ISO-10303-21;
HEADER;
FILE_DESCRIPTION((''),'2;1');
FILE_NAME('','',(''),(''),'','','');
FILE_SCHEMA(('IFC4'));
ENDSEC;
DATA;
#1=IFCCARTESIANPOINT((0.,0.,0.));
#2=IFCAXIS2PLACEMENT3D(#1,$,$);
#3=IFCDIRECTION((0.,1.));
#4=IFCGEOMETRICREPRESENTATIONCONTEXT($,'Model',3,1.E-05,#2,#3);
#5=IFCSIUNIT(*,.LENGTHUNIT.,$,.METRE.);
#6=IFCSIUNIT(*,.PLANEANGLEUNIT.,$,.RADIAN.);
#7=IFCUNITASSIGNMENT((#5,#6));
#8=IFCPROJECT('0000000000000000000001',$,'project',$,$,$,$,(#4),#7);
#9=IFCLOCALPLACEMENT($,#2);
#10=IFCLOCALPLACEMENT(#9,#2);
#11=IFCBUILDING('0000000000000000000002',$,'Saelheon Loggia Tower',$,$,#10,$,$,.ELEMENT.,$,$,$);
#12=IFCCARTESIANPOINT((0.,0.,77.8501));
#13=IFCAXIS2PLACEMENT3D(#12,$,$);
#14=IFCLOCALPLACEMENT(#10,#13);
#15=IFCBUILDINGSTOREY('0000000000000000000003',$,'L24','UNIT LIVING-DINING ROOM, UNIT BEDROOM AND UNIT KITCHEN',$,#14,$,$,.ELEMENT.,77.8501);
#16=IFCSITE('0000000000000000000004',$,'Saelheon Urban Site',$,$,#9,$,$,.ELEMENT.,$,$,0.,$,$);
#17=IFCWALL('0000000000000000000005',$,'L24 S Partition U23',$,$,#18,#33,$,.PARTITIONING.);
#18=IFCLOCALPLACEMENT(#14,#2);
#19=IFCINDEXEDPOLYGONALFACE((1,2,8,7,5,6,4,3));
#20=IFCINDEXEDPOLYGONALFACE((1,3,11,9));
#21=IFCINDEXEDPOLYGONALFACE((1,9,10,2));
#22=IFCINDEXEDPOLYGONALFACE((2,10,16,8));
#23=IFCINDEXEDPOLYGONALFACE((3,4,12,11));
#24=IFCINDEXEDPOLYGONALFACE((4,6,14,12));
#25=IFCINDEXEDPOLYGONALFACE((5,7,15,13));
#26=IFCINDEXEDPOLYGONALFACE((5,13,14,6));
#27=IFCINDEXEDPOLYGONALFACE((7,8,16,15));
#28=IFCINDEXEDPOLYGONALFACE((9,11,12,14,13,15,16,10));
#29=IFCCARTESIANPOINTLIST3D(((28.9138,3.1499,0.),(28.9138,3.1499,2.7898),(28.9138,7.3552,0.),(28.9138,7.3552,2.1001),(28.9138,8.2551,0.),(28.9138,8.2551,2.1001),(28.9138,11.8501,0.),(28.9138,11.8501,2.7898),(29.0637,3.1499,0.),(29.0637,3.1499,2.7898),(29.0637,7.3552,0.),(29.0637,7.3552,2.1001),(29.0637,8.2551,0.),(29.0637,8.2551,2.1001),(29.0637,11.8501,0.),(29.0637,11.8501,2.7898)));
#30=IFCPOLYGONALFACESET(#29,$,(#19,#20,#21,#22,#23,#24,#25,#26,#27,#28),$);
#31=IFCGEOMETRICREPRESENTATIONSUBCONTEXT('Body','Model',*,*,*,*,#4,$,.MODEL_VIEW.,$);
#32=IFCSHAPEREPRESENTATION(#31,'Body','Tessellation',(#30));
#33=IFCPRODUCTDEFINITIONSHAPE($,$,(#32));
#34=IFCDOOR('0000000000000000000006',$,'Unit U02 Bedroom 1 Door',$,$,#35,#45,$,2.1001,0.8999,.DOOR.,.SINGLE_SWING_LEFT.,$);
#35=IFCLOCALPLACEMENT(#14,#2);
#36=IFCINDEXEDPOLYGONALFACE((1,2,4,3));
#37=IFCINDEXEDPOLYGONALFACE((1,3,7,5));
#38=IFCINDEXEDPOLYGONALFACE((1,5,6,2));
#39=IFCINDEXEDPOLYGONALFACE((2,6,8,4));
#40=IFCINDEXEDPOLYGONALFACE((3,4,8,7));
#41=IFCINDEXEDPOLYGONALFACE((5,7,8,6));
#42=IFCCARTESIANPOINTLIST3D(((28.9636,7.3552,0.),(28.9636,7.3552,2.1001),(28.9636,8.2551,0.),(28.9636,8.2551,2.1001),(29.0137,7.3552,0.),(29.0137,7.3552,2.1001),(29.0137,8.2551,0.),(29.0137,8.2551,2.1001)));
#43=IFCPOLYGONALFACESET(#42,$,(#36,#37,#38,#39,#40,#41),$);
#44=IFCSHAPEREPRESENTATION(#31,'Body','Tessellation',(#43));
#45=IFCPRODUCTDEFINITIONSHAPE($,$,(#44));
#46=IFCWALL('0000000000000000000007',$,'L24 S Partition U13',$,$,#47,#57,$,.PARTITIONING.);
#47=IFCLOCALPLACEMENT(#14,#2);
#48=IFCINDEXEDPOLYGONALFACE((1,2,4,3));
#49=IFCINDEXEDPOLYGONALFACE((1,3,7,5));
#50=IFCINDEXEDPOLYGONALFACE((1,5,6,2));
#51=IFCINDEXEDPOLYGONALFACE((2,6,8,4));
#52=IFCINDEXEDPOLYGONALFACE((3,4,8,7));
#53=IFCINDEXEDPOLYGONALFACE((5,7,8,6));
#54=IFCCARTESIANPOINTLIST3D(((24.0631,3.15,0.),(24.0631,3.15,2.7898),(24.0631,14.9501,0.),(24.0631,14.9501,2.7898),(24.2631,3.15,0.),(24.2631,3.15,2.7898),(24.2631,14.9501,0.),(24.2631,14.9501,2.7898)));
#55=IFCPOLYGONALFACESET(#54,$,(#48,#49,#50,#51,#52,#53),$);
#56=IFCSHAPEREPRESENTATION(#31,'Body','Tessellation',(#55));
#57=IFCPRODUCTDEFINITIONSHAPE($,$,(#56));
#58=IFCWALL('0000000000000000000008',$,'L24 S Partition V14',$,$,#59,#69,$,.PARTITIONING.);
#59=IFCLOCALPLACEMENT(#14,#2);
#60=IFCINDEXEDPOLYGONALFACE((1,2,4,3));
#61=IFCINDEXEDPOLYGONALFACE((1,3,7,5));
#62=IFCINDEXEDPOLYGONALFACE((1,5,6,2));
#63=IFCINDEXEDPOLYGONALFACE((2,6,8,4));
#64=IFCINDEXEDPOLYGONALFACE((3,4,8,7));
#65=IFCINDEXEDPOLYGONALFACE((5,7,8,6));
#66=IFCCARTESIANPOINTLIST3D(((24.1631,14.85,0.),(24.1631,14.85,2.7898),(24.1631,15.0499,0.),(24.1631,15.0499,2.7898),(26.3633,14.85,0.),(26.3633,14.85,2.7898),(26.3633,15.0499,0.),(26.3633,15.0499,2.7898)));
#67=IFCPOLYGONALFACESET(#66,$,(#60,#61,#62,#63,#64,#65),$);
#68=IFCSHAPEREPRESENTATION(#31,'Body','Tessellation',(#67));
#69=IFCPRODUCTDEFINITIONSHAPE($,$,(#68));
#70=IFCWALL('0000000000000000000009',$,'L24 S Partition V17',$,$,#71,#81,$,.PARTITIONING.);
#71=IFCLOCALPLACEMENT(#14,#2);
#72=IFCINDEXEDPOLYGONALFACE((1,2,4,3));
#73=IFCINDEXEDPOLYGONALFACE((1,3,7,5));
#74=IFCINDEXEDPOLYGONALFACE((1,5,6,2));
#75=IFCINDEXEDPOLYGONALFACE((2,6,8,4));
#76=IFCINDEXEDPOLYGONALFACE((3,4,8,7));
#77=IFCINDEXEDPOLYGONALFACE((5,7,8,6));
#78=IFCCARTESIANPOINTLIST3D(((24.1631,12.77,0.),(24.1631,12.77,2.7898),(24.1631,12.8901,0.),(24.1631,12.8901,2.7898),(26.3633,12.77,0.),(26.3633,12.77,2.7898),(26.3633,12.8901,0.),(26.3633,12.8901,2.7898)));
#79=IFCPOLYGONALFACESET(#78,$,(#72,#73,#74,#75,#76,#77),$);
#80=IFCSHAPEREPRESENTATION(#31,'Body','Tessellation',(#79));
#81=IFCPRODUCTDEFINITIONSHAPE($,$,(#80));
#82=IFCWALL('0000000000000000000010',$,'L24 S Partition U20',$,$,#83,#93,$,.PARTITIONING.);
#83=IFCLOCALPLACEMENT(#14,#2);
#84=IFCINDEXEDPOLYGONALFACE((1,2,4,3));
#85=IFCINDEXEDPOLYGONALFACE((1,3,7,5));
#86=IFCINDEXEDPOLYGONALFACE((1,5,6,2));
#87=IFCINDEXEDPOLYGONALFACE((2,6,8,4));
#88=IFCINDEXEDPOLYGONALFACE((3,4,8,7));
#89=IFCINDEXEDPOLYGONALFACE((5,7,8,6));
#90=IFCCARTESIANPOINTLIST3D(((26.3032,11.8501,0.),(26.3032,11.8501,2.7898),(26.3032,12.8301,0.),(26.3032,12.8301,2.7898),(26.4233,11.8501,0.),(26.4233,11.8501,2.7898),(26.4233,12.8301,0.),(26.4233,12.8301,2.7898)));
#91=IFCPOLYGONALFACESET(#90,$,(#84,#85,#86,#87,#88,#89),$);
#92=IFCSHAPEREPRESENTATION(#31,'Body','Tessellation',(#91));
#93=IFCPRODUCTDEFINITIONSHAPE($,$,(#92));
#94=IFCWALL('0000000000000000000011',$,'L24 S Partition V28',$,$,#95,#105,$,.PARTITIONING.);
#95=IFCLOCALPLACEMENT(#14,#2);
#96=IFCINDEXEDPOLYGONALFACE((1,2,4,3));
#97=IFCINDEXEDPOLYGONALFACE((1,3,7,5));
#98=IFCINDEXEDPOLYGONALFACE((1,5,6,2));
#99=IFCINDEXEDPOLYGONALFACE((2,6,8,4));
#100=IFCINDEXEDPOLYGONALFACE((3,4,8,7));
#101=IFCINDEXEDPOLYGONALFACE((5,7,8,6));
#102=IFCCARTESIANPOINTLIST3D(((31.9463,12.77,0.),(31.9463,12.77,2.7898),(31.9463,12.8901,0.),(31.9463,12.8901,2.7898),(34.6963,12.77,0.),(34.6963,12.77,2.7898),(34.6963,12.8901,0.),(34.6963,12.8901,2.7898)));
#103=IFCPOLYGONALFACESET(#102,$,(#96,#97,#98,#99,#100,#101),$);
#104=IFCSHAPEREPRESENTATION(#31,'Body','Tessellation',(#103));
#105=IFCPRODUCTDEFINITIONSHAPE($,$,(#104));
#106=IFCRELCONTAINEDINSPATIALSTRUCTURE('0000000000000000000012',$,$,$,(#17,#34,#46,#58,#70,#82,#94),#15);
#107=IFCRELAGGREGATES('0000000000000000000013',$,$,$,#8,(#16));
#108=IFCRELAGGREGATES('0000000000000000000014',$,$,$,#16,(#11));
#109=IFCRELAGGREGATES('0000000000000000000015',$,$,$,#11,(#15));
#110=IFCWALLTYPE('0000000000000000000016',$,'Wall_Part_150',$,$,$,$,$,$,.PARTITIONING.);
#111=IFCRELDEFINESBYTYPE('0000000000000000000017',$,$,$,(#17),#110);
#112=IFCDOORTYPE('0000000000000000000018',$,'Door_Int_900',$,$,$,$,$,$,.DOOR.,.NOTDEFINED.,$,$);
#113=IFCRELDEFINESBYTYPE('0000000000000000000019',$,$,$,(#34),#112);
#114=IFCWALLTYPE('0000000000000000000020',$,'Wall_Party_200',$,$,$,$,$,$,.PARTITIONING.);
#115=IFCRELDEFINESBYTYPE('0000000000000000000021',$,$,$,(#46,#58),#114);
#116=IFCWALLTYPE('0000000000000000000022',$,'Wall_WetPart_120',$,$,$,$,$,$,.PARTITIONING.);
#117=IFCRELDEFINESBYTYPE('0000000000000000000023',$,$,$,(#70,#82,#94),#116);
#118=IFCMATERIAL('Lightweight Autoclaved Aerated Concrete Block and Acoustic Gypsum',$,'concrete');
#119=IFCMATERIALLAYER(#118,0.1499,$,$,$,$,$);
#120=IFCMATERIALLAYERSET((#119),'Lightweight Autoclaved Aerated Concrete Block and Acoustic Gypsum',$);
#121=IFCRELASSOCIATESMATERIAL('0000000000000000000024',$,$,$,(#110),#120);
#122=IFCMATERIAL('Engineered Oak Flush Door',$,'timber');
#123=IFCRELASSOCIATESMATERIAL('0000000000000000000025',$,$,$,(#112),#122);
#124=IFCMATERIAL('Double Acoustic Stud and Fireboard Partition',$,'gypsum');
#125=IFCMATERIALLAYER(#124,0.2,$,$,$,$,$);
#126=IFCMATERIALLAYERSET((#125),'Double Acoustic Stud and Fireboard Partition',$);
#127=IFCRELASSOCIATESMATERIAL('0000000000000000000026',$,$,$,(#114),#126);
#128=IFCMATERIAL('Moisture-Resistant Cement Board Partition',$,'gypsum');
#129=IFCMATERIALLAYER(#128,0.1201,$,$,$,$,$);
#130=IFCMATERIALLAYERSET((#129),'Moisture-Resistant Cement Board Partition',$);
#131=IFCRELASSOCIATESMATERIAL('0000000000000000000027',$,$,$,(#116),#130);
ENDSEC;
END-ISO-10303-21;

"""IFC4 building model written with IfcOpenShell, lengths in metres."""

from ifc_helpers import new_model, si_unit, direction, frame, frame_2d, origin, place, context, subcontext, project, spatial, rectangle, extrude, source, transform, mapped, material, layer, layer_set, type_object, element, fill, save


model = new_model("IFC4")

# Units and contexts
model_context = context("Model", 3, precision=1e-05, world=origin(), true_north=direction((0.0, 1.0)))
body_context = subcontext(model_context, "Body", "Model", "MODEL_VIEW")
ifc_project = project(units=[si_unit("LENGTHUNIT", "METRE"), si_unit("PLANEANGLEUNIT", "RADIAN")], contexts=[model_context])

# Site, building, storey
site_placement = place(None, origin())
site = spatial("IfcSite", under=ifc_project, at=site_placement, Name="Saelheon Urban Site", CompositionType="ELEMENT", RefElevation=0.0)
building_placement = place(site_placement, origin())
building = spatial("IfcBuilding", under=site, at=building_placement, Name="Saelheon Loggia Tower", CompositionType="ELEMENT")
storey_placement = place(building_placement, frame((0.0, 0.0, 77.8501)))
storey = spatial("IfcBuildingStorey", under=building, at=storey_placement, Name="L24", Description="UNIT LIVING-DINING ROOM, UNIT BEDROOM AND UNIT KITCHEN", CompositionType="ELEMENT", Elevation=77.8501)

# Shared definitions
ifc_material_1 = material(Name="Lightweight Autoclaved Aerated Concrete Block and Acoustic Gypsum", Category="concrete")
ifc_layer_1 = layer(ifc_material_1, 0.1499)
ifc_layer_set_1 = layer_set([ifc_layer_1], Name="Lightweight Autoclaved Aerated Concrete Block and Acoustic Gypsum")
wall_type_1 = type_object("IfcWallType", Name="Wall_Part_150", PredefinedType="PARTITIONING", material=ifc_layer_set_1)
ifc_material_2 = material(Name="Engineered Oak Flush Door", Category="timber")
door_type_1 = type_object("IfcDoorType", Name="Door_Int_900", OperationType="NOTDEFINED", PredefinedType="DOOR", material=ifc_material_2)
shared_shape_1 = source(origin(), body_context, "Body", "SweptSolid", [
    extrude(rectangle(XDim=0.8999, YDim=2.1001, at=frame_2d((0.45, 1.05))), frame((0.0, 0.0249, 0.0), z_axis=(0.0, -1.0, 0.0), x_axis=(1.0, 0.0, 0.0)), (0.0, 0.0, 1.0), 0.05),
])

# Wall, opening, door
wall_1_placement = place(storey_placement, frame((28.9888, 11.8501, 0.0), z_axis=(0.0, 0.0, 1.0), x_axis=(0.0, -1.0, 0.0)))
wall_1 = element("IfcWall", 1, at=wall_1_placement, inside=storey, type_object=wall_type_1, Name="L24 S Partition U23", PredefinedType="PARTITIONING", context=body_context, shape_type="SweptSolid", body=[
    extrude(rectangle(XDim=8.7002, YDim=0.1499, at=frame_2d((4.3501, 0.0))), origin(), (0.0, 0.0, 1.0), 2.7898),
])
opening_1_placement = place(wall_1_placement, frame((3.595, 0.0, 0.0)))
opening_1 = element("IfcOpeningElement", 2, at=opening_1_placement, cuts=wall_1, PredefinedType="OPENING", context=body_context, shape_type="SweptSolid", body=[
    extrude(rectangle(XDim=0.8999, YDim=2.1001, at=frame_2d((0.45, 1.05))), frame((0.0, 0.0869, 0.0), z_axis=(0.0, -1.0, 0.0), x_axis=(1.0, 0.0, 0.0)), (0.0, 0.0, 1.0), 0.1738),
])
door_1_placement = place(opening_1_placement, origin())
door_1 = element("IfcDoor", 3, at=door_1_placement, inside=storey, type_object=door_type_1, Name="Unit U02 Bedroom 1 Door", OperationType="SINGLE_SWING_LEFT", OverallHeight=2.1001, OverallWidth=0.8999, PredefinedType="DOOR", context=body_context, shape_type="MappedRepresentation", body=[
    mapped(shared_shape_1, transform((0.0, 0.0, 0.0), scale=1.0)),
])
fill(opening_1, door_1)

# Walls
ifc_material_3 = material(Name="Double Acoustic Stud and Fireboard Partition", Category="gypsum")
ifc_layer_2 = layer(ifc_material_3, 0.2)
ifc_layer_set_2 = layer_set([ifc_layer_2], Name="Double Acoustic Stud and Fireboard Partition")
wall_type_2 = type_object("IfcWallType", Name="Wall_Party_200", PredefinedType="PARTITIONING", material=ifc_layer_set_2)
wall_2_placement = place(storey_placement, frame((24.1631, 14.95, 0.0), z_axis=(0.0, 0.0, 1.0), x_axis=(0.0, -1.0, 0.0)))
element("IfcWall", 4, at=wall_2_placement, inside=storey, type_object=wall_type_2, Name="L24 S Partition U13", PredefinedType="PARTITIONING", context=body_context, shape_type="SweptSolid", body=[
    extrude(rectangle(XDim=11.8, YDim=0.2, at=frame_2d((5.8999, 0.0))), origin(), (0.0, 0.0, 1.0), 2.7898),
])
wall_3_placement = place(storey_placement, frame((24.1631, 14.95, 0.0), z_axis=(0.0, 0.0, 1.0), x_axis=(1.0, 0.0, 0.0)))
element("IfcWall", 5, at=wall_3_placement, inside=storey, type_object=wall_type_2, Name="L24 S Partition V14", PredefinedType="PARTITIONING", context=body_context, shape_type="SweptSolid", body=[
    extrude(rectangle(XDim=2.2002, YDim=0.2, at=frame_2d((1.1001, 0.0))), origin(), (0.0, 0.0, 1.0), 2.7898),
])

# Walls
ifc_material_4 = material(Name="Moisture-Resistant Cement Board Partition", Category="gypsum")
ifc_layer_3 = layer(ifc_material_4, 0.1201)
ifc_layer_set_3 = layer_set([ifc_layer_3], Name="Moisture-Resistant Cement Board Partition")
wall_type_3 = type_object("IfcWallType", Name="Wall_WetPart_120", PredefinedType="PARTITIONING", material=ifc_layer_set_3)
wall_4_placement = place(storey_placement, frame((24.1631, 12.8301, 0.0), z_axis=(0.0, 0.0, 1.0), x_axis=(1.0, 0.0, 0.0)))
element("IfcWall", 6, at=wall_4_placement, inside=storey, type_object=wall_type_3, Name="L24 S Partition V17", PredefinedType="PARTITIONING", context=body_context, shape_type="SweptSolid", body=[
    extrude(rectangle(XDim=2.2002, YDim=0.1201, at=frame_2d((1.1001, 0.0))), origin(), (0.0, 0.0, 1.0), 2.7898),
])
wall_5_placement = place(storey_placement, frame((26.3633, 12.8301, 0.0), z_axis=(0.0, 0.0, 1.0), x_axis=(0.0, -1.0, 0.0)))
element("IfcWall", 7, at=wall_5_placement, inside=storey, type_object=wall_type_3, Name="L24 S Partition U20", PredefinedType="PARTITIONING", context=body_context, shape_type="SweptSolid", body=[
    extrude(rectangle(XDim=0.98, YDim=0.1201, at=frame_2d((0.49, 0.0))), origin(), (0.0, 0.0, 1.0), 2.7898),
])
wall_6_placement = place(storey_placement, frame((31.9463, 12.8301, 0.0), z_axis=(0.0, 0.0, 1.0), x_axis=(1.0, 0.0, 0.0)))
element("IfcWall", 8, at=wall_6_placement, inside=storey, type_object=wall_type_3, Name="L24 S Partition V28", PredefinedType="PARTITIONING", context=body_context, shape_type="SweptSolid", body=[
    extrude(rectangle(XDim=2.75, YDim=0.1201, at=frame_2d((1.375, 0.0))), origin(), (0.0, 0.0, 1.0), 2.7898),
])

save(model, "model.ifc")
